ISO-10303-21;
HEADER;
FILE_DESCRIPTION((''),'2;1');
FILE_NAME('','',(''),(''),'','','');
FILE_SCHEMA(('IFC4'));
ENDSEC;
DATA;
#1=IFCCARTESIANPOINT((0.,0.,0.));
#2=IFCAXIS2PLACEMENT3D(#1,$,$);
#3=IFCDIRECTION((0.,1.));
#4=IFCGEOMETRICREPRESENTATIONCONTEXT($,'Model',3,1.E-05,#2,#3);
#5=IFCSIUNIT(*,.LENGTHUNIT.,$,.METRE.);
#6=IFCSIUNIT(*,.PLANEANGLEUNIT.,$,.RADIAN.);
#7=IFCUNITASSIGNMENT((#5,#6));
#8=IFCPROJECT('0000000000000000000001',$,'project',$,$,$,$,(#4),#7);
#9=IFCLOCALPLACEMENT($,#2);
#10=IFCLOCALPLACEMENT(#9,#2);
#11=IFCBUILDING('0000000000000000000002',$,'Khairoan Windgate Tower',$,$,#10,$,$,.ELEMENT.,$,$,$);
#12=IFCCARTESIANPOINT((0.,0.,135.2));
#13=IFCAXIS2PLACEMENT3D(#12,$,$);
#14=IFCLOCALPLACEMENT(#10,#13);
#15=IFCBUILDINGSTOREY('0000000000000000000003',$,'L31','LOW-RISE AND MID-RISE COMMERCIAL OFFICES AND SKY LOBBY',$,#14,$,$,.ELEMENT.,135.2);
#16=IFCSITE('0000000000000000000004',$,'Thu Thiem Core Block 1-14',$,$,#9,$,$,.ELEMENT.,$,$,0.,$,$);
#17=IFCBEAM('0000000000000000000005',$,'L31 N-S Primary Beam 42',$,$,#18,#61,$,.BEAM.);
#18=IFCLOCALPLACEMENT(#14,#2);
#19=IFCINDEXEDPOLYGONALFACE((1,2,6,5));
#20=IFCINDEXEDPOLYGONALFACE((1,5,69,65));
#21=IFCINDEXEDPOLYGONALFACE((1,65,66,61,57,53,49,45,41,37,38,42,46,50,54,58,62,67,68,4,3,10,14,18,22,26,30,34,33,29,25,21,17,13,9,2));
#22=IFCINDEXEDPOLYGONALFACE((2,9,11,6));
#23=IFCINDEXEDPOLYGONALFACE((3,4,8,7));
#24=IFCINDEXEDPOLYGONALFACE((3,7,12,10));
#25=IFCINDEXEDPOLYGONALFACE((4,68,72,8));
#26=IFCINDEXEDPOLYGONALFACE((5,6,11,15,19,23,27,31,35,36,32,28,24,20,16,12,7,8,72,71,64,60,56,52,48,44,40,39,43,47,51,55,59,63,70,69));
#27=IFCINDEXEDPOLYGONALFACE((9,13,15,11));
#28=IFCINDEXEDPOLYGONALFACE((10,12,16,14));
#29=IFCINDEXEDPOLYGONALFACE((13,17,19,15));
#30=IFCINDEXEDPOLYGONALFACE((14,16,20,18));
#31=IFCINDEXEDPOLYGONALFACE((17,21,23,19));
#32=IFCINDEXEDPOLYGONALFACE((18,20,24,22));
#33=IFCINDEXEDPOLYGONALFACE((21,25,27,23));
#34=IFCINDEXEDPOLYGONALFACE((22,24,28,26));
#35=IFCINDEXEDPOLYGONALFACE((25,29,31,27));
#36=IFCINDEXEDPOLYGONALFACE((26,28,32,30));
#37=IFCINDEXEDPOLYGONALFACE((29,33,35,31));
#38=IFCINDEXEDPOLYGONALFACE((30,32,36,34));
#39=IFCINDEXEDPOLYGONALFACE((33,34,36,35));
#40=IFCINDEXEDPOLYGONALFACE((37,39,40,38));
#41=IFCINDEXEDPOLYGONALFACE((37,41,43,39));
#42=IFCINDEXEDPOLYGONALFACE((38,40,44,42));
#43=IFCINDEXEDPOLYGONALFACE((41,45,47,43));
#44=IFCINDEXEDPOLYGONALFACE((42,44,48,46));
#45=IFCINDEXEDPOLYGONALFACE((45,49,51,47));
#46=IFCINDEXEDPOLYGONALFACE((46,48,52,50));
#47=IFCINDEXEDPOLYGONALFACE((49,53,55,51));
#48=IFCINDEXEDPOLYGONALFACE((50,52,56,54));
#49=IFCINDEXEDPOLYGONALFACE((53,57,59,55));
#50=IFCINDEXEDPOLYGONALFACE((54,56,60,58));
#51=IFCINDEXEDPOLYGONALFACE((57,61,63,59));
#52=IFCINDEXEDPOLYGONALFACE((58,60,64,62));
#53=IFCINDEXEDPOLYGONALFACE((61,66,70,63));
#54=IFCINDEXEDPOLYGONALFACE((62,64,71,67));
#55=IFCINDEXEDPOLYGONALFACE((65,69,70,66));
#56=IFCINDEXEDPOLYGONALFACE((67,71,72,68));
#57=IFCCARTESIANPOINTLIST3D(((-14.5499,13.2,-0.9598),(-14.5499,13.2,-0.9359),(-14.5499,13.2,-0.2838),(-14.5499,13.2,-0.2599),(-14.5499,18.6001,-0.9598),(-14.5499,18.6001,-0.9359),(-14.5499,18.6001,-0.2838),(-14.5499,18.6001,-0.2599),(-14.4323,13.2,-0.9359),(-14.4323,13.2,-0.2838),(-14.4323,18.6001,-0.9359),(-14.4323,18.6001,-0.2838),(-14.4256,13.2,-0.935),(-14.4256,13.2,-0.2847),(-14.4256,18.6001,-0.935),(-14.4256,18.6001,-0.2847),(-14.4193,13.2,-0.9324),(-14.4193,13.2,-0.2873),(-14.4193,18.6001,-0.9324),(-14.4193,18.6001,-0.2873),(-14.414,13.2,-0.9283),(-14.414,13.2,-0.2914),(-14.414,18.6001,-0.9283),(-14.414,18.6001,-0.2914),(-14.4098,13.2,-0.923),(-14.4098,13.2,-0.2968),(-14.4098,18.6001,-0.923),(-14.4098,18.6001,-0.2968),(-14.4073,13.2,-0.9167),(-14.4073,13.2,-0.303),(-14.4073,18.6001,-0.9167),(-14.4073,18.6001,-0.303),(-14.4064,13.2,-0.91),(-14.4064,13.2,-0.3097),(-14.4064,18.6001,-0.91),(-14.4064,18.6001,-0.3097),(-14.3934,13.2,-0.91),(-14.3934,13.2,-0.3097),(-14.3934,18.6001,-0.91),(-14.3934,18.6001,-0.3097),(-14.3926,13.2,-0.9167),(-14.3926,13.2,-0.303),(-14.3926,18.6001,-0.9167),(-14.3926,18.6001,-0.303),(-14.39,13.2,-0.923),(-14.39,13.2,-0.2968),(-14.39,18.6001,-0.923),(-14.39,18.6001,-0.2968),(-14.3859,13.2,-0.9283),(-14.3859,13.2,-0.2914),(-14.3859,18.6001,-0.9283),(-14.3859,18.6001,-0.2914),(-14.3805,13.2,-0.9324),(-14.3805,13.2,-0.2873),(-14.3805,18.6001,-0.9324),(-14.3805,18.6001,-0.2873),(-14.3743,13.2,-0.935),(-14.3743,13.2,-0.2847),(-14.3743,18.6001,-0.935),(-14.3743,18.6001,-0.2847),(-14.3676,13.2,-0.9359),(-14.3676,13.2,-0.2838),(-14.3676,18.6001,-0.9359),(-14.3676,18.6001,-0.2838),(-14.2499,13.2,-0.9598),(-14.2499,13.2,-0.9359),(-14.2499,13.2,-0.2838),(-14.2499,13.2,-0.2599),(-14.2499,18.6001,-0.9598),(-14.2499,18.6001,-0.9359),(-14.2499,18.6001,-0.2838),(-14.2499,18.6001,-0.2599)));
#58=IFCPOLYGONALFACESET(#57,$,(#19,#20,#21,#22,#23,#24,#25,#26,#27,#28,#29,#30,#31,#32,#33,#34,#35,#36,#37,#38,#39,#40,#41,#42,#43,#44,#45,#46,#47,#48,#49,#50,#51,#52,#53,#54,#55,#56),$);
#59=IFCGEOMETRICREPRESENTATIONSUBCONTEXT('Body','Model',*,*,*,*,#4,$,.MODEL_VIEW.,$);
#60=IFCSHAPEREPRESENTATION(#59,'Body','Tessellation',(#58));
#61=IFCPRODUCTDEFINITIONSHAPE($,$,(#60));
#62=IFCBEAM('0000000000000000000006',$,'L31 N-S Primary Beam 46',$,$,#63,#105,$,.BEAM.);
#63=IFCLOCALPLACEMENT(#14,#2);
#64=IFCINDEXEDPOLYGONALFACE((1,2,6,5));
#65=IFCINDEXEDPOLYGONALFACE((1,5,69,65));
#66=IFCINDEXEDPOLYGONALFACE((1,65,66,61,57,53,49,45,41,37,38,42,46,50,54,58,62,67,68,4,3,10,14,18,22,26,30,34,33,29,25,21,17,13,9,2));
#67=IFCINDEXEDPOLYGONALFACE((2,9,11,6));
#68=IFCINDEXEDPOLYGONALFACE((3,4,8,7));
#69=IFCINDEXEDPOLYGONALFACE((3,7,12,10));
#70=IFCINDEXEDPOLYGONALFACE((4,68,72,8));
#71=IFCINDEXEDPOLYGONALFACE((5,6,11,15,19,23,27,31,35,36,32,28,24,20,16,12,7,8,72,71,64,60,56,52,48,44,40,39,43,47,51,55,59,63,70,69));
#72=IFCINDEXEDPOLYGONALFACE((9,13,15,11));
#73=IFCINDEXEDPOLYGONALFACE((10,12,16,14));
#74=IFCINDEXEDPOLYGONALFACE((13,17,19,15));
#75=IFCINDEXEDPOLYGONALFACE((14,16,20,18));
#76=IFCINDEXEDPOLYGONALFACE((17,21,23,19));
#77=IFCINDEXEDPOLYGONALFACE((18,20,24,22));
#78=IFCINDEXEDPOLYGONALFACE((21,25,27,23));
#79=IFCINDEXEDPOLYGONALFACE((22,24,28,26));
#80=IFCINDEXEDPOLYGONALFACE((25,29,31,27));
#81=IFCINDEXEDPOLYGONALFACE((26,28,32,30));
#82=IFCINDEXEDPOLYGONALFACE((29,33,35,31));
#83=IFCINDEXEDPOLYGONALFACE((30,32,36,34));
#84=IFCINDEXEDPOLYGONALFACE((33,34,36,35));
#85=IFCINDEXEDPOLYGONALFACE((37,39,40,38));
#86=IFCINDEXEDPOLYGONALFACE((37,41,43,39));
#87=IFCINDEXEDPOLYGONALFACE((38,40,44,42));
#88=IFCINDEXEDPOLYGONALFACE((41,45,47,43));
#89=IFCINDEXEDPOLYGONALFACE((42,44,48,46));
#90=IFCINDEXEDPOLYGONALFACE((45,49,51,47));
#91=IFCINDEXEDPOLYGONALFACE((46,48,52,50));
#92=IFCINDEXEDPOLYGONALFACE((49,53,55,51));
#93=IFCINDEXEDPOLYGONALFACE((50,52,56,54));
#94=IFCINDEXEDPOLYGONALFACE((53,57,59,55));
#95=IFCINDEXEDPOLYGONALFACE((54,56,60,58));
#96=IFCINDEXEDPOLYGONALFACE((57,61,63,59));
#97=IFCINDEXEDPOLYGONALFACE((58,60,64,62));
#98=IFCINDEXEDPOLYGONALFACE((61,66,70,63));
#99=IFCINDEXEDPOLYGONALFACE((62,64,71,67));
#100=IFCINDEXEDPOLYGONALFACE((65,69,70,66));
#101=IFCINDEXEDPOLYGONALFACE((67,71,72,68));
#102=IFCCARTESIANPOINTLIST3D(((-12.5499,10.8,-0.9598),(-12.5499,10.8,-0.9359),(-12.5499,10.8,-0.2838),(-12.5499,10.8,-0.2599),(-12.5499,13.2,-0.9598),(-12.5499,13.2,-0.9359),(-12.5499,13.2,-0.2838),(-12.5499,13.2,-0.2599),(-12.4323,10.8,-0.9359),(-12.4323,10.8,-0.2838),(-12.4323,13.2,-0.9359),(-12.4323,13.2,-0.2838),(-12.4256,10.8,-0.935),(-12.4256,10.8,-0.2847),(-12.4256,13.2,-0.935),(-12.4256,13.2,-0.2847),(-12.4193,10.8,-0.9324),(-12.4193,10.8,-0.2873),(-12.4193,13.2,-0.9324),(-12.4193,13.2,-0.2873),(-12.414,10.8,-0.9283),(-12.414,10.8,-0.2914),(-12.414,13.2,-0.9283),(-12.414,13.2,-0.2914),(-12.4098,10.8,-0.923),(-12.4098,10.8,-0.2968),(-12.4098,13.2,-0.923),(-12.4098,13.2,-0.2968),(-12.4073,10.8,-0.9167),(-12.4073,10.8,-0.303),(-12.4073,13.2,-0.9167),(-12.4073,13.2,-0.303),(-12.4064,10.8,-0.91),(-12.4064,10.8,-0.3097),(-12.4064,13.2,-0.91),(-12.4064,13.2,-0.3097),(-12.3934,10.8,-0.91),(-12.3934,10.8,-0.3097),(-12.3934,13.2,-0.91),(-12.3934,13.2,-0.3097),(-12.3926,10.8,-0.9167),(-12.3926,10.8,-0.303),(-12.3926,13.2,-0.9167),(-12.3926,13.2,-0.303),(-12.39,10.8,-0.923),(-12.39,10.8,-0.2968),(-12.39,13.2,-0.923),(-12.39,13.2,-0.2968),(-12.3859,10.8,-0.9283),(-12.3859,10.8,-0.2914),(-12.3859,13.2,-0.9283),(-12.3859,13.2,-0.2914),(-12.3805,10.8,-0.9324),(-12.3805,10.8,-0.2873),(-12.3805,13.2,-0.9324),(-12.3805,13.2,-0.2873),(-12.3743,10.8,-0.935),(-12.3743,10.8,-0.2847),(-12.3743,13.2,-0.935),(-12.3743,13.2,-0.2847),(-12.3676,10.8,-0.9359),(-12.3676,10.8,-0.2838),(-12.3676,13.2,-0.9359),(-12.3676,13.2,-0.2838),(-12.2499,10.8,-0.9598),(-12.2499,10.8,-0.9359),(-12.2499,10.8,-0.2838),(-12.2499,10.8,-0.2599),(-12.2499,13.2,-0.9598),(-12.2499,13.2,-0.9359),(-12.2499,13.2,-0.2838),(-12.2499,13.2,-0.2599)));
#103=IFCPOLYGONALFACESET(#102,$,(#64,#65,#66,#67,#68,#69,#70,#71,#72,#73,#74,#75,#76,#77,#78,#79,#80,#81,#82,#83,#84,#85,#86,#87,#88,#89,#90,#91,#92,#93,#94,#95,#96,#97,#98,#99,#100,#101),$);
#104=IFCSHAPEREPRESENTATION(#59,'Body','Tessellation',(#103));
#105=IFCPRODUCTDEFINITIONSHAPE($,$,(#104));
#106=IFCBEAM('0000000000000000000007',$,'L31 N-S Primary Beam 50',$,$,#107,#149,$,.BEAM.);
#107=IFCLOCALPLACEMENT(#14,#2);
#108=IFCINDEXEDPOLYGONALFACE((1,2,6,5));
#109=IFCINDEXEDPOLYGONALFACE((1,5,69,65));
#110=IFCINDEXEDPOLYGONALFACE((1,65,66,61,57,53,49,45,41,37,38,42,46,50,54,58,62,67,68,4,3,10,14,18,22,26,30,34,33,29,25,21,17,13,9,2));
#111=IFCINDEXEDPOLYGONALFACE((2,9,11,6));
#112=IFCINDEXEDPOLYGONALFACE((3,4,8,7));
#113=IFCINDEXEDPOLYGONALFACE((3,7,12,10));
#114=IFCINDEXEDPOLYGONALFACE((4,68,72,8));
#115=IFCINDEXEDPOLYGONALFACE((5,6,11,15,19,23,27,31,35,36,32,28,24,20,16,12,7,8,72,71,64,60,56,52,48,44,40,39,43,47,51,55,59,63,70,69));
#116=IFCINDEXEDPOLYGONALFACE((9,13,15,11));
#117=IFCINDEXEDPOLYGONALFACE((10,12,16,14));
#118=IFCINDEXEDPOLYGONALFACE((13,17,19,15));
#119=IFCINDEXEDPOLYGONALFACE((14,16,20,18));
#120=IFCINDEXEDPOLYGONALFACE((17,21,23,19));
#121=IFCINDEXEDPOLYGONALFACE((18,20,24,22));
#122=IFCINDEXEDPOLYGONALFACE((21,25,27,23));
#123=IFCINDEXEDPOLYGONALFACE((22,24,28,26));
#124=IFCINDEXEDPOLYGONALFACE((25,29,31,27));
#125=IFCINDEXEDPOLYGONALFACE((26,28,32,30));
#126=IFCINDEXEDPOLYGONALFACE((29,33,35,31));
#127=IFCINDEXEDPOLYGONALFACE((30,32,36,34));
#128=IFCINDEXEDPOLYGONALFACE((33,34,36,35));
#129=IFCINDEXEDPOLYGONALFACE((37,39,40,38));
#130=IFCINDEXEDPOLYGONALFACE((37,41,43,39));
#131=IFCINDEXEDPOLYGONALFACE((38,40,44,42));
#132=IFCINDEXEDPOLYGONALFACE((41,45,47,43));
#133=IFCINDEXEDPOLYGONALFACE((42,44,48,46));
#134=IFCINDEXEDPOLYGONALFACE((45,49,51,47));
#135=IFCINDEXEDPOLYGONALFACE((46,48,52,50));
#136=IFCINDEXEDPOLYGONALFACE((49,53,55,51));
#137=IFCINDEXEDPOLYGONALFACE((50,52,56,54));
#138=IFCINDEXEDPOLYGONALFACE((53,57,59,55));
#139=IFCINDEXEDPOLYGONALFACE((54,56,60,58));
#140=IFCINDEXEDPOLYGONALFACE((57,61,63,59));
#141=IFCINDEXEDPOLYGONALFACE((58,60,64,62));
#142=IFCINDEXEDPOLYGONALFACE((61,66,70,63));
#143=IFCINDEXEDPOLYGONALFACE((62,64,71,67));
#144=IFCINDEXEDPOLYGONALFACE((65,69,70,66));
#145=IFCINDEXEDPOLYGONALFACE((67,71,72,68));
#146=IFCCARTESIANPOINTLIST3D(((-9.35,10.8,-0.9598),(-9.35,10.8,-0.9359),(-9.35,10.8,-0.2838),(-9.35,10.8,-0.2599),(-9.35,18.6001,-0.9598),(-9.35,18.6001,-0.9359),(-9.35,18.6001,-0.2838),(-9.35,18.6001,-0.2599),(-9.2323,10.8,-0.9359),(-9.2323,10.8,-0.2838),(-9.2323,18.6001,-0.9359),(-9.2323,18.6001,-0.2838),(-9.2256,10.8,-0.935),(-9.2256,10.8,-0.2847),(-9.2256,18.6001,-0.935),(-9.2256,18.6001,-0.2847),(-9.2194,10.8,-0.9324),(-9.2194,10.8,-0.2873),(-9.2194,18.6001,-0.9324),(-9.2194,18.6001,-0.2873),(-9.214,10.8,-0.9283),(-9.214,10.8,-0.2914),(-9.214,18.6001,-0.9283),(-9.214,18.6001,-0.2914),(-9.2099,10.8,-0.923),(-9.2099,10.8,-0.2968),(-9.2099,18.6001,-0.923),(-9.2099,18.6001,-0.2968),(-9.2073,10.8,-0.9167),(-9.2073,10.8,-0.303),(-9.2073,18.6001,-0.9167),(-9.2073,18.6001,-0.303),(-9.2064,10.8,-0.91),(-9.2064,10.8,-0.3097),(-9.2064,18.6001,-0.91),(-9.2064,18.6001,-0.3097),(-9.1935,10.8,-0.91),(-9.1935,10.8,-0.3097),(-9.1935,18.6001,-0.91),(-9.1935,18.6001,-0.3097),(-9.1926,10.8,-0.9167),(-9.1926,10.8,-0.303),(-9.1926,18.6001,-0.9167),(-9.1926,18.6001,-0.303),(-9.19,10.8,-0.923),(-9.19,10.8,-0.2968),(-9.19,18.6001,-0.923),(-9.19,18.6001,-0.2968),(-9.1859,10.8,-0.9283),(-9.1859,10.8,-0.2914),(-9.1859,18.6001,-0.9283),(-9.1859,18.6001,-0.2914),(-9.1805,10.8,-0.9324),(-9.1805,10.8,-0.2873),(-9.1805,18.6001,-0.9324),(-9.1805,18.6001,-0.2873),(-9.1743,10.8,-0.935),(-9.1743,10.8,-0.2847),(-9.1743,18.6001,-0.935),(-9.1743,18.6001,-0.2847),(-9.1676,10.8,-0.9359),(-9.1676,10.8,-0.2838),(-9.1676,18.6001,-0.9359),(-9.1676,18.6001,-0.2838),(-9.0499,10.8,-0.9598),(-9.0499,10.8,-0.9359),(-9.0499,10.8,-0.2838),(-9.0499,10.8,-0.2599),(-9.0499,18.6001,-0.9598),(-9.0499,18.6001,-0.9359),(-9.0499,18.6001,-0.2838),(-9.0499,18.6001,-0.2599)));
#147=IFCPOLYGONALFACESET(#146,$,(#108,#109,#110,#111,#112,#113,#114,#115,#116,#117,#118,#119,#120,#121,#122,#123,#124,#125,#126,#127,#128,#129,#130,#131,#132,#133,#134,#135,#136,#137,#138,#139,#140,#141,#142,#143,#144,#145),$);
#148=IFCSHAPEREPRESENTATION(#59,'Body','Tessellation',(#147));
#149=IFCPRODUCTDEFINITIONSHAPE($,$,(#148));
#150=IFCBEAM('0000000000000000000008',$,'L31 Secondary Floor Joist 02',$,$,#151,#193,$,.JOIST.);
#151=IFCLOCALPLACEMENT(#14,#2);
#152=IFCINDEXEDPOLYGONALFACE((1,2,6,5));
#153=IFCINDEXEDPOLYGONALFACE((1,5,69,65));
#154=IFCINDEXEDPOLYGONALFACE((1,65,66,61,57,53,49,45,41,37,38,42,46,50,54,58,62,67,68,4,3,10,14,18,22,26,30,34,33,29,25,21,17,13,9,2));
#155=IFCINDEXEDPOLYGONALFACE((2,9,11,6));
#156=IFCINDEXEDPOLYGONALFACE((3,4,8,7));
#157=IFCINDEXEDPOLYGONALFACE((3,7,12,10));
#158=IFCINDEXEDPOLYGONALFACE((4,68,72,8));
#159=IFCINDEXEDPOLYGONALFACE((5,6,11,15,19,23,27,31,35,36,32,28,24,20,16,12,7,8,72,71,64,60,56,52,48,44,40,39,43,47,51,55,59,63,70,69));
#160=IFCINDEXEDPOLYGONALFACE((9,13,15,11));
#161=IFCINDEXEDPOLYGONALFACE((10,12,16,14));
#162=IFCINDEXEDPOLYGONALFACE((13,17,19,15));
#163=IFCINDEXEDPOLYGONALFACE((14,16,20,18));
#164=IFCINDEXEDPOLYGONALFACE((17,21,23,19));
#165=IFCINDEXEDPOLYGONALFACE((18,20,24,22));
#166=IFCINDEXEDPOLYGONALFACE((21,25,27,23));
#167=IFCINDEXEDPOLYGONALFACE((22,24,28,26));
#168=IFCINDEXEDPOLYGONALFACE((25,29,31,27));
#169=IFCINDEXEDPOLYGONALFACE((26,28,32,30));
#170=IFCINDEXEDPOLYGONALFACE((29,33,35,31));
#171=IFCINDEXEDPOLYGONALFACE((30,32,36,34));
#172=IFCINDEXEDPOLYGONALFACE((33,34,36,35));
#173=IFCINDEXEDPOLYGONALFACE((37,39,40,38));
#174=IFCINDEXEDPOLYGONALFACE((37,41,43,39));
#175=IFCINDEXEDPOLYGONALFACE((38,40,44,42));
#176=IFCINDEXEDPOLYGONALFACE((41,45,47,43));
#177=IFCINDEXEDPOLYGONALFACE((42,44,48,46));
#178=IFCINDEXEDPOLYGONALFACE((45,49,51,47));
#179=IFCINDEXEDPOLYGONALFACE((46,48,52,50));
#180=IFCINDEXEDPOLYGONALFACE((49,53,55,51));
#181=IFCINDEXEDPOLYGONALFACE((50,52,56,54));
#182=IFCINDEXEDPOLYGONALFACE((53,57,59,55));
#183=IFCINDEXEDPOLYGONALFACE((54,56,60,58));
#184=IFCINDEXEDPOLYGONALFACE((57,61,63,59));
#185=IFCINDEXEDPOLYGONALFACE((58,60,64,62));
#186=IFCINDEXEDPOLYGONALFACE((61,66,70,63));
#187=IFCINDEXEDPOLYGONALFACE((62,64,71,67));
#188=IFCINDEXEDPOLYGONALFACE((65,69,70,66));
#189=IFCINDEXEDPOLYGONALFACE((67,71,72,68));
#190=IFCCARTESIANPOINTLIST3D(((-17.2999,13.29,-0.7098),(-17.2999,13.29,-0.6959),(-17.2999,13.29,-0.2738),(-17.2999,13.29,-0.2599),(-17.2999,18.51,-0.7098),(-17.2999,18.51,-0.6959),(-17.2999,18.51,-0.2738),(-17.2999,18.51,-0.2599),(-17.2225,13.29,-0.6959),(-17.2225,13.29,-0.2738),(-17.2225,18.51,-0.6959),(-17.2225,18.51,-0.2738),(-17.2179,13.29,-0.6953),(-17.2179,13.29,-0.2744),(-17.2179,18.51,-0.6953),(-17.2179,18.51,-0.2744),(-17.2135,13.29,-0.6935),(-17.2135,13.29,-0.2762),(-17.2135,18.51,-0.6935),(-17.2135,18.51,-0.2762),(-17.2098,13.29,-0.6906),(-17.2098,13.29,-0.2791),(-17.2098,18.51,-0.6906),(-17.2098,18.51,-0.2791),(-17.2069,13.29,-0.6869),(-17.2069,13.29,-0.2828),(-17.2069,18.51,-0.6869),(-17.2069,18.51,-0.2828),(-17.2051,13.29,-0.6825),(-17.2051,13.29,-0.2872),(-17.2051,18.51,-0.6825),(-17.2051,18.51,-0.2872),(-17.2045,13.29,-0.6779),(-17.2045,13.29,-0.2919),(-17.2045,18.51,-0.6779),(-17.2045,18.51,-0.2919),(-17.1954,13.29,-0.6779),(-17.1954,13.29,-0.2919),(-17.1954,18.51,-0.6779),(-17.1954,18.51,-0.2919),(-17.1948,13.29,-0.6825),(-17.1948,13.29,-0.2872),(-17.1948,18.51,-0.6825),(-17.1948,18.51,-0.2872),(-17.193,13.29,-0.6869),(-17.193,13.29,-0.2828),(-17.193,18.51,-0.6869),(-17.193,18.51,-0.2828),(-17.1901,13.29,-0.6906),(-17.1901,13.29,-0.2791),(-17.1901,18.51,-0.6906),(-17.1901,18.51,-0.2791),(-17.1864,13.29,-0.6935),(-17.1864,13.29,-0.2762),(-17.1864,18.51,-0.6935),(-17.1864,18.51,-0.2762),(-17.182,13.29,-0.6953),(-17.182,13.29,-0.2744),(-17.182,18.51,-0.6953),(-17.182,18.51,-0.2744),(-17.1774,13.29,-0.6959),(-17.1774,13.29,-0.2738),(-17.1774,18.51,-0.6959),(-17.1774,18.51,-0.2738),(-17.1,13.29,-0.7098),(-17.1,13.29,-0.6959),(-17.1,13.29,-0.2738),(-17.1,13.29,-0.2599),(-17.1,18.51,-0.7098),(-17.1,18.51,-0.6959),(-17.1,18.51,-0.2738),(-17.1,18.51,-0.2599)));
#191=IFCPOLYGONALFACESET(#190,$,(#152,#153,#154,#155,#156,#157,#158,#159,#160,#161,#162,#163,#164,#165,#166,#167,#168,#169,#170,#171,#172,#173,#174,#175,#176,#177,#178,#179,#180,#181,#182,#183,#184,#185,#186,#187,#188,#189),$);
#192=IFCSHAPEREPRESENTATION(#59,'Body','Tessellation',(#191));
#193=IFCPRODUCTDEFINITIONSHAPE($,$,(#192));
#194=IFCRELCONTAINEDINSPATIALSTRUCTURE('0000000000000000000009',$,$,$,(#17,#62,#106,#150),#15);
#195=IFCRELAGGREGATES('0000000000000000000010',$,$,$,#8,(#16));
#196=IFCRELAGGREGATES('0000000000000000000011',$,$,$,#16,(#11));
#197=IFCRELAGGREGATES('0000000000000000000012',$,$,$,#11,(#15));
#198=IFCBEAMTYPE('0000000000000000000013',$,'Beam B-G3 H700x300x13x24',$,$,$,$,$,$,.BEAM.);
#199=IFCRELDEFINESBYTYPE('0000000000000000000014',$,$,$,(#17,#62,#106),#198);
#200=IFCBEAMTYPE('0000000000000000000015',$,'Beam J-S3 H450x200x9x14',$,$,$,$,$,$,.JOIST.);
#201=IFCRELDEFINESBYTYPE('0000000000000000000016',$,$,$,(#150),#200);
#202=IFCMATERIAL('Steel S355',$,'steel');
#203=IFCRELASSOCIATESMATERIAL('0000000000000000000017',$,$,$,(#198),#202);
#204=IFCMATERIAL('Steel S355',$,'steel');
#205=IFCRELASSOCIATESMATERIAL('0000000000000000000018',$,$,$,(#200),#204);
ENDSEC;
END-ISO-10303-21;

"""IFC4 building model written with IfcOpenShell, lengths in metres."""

from ifc_helpers import new_model, si_unit, direction, frame, origin, origin_2d, place, context, subcontext, project, spatial, i_section, extrude, material, material_profile, profile_set, type_object, element, save


model = new_model("IFC4")

# Units and contexts
model_context = context("Model", 3, precision=1e-05, world=origin(), true_north=direction((0.0, 1.0)))
body_context = subcontext(model_context, "Body", "Model", "MODEL_VIEW")
ifc_project = project(units=[si_unit("LENGTHUNIT", "METRE"), si_unit("PLANEANGLEUNIT", "RADIAN")], contexts=[model_context])

# Site, building, storey
site_placement = place(None, origin())
site = spatial("IfcSite", under=ifc_project, at=site_placement, Name="Thu Thiem Core Block 1-14", CompositionType="ELEMENT", RefElevation=0.0)
building_placement = place(site_placement, origin())
building = spatial("IfcBuilding", under=site, at=building_placement, Name="Khairoan Windgate Tower", CompositionType="ELEMENT")
storey_placement = place(building_placement, frame((0.0, 0.0, 135.2)))
storey = spatial("IfcBuildingStorey", under=building, at=storey_placement, Name="L31", Description="LOW-RISE AND MID-RISE COMMERCIAL OFFICES AND SKY LOBBY", CompositionType="ELEMENT", Elevation=135.2)

# Beams
ifc_material_1 = material(Name="Steel S355", Category="steel")
ifc_material_profile_1 = material_profile(ifc_material_1, i_section(OverallWidth=0.3, OverallDepth=0.7, WebThickness=0.0129, FlangeThickness=0.0239, FilletRadius=0.0259, at=origin_2d()))
ifc_profile_set_1 = profile_set([ifc_material_profile_1], Name="Steel S355")
beam_type_1 = type_object("IfcBeamType", Name="Beam B-G3 H700x300x13x24", PredefinedType="BEAM", material=ifc_profile_set_1)
beam_1_placement = place(storey_placement, frame((-14.3999, 13.2, -0.6099), z_axis=(0.0, 1.0, 0.0), x_axis=(-1.0, 0.0, 0.0)))
element("IfcBeam", 1, at=beam_1_placement, inside=storey, type_object=beam_type_1, Name="L31 N-S Primary Beam 42", PredefinedType="BEAM", context=body_context, shape_type="SweptSolid", body=[
    extrude(i_section(OverallWidth=0.3, OverallDepth=0.7, WebThickness=0.0129, FlangeThickness=0.0239, FilletRadius=0.0259, at=origin_2d()), origin(), (0.0, 0.0, 1.0), 5.4001),
])
beam_2_placement = place(storey_placement, frame((-12.3999, 10.8, -0.6099), z_axis=(0.0, 1.0, 0.0), x_axis=(-1.0, 0.0, 0.0)))
element("IfcBeam", 2, at=beam_2_placement, inside=storey, type_object=beam_type_1, Name="L31 N-S Primary Beam 46", PredefinedType="BEAM", context=body_context, shape_type="SweptSolid", body=[
    extrude(i_section(OverallWidth=0.3, OverallDepth=0.7, WebThickness=0.0129, FlangeThickness=0.0239, FilletRadius=0.0259, at=origin_2d()), origin(), (0.0, 0.0, 1.0), 2.3999),
])
beam_3_placement = place(storey_placement, frame((-9.2, 10.8, -0.6099), z_axis=(0.0, 1.0, 0.0), x_axis=(-1.0, 0.0, 0.0)))
element("IfcBeam", 3, at=beam_3_placement, inside=storey, type_object=beam_type_1, Name="L31 N-S Primary Beam 50", PredefinedType="BEAM", context=body_context, shape_type="SweptSolid", body=[
    extrude(i_section(OverallWidth=0.3, OverallDepth=0.7, WebThickness=0.0129, FlangeThickness=0.0239, FilletRadius=0.0259, at=origin_2d()), origin(), (0.0, 0.0, 1.0), 7.8),
])
ifc_material_2 = material(Name="Steel S355", Category="steel")
ifc_material_profile_2 = material_profile(ifc_material_2, i_section(OverallWidth=0.2, OverallDepth=0.45, WebThickness=0.009, FlangeThickness=0.0139, FilletRadius=0.0181, at=origin_2d()))
ifc_profile_set_2 = profile_set([ifc_material_profile_2], Name="Steel S355")
beam_type_2 = type_object("IfcBeamType", Name="Beam J-S3 H450x200x9x14", PredefinedType="JOIST", material=ifc_profile_set_2)
beam_4_placement = place(storey_placement, frame((-17.2, 13.29, -0.4849), z_axis=(0.0, 1.0, 0.0), x_axis=(-1.0, 0.0, 0.0)))
element("IfcBeam", 4, at=beam_4_placement, inside=storey, type_object=beam_type_2, Name="L31 Secondary Floor Joist 02", PredefinedType="JOIST", context=body_context, shape_type="SweptSolid", body=[
    extrude(i_section(OverallWidth=0.2, OverallDepth=0.45, WebThickness=0.009, FlangeThickness=0.0139, FilletRadius=0.0181, at=origin_2d()), origin(), (0.0, 0.0, 1.0), 5.22),
])

save(model, "model.ifc")
